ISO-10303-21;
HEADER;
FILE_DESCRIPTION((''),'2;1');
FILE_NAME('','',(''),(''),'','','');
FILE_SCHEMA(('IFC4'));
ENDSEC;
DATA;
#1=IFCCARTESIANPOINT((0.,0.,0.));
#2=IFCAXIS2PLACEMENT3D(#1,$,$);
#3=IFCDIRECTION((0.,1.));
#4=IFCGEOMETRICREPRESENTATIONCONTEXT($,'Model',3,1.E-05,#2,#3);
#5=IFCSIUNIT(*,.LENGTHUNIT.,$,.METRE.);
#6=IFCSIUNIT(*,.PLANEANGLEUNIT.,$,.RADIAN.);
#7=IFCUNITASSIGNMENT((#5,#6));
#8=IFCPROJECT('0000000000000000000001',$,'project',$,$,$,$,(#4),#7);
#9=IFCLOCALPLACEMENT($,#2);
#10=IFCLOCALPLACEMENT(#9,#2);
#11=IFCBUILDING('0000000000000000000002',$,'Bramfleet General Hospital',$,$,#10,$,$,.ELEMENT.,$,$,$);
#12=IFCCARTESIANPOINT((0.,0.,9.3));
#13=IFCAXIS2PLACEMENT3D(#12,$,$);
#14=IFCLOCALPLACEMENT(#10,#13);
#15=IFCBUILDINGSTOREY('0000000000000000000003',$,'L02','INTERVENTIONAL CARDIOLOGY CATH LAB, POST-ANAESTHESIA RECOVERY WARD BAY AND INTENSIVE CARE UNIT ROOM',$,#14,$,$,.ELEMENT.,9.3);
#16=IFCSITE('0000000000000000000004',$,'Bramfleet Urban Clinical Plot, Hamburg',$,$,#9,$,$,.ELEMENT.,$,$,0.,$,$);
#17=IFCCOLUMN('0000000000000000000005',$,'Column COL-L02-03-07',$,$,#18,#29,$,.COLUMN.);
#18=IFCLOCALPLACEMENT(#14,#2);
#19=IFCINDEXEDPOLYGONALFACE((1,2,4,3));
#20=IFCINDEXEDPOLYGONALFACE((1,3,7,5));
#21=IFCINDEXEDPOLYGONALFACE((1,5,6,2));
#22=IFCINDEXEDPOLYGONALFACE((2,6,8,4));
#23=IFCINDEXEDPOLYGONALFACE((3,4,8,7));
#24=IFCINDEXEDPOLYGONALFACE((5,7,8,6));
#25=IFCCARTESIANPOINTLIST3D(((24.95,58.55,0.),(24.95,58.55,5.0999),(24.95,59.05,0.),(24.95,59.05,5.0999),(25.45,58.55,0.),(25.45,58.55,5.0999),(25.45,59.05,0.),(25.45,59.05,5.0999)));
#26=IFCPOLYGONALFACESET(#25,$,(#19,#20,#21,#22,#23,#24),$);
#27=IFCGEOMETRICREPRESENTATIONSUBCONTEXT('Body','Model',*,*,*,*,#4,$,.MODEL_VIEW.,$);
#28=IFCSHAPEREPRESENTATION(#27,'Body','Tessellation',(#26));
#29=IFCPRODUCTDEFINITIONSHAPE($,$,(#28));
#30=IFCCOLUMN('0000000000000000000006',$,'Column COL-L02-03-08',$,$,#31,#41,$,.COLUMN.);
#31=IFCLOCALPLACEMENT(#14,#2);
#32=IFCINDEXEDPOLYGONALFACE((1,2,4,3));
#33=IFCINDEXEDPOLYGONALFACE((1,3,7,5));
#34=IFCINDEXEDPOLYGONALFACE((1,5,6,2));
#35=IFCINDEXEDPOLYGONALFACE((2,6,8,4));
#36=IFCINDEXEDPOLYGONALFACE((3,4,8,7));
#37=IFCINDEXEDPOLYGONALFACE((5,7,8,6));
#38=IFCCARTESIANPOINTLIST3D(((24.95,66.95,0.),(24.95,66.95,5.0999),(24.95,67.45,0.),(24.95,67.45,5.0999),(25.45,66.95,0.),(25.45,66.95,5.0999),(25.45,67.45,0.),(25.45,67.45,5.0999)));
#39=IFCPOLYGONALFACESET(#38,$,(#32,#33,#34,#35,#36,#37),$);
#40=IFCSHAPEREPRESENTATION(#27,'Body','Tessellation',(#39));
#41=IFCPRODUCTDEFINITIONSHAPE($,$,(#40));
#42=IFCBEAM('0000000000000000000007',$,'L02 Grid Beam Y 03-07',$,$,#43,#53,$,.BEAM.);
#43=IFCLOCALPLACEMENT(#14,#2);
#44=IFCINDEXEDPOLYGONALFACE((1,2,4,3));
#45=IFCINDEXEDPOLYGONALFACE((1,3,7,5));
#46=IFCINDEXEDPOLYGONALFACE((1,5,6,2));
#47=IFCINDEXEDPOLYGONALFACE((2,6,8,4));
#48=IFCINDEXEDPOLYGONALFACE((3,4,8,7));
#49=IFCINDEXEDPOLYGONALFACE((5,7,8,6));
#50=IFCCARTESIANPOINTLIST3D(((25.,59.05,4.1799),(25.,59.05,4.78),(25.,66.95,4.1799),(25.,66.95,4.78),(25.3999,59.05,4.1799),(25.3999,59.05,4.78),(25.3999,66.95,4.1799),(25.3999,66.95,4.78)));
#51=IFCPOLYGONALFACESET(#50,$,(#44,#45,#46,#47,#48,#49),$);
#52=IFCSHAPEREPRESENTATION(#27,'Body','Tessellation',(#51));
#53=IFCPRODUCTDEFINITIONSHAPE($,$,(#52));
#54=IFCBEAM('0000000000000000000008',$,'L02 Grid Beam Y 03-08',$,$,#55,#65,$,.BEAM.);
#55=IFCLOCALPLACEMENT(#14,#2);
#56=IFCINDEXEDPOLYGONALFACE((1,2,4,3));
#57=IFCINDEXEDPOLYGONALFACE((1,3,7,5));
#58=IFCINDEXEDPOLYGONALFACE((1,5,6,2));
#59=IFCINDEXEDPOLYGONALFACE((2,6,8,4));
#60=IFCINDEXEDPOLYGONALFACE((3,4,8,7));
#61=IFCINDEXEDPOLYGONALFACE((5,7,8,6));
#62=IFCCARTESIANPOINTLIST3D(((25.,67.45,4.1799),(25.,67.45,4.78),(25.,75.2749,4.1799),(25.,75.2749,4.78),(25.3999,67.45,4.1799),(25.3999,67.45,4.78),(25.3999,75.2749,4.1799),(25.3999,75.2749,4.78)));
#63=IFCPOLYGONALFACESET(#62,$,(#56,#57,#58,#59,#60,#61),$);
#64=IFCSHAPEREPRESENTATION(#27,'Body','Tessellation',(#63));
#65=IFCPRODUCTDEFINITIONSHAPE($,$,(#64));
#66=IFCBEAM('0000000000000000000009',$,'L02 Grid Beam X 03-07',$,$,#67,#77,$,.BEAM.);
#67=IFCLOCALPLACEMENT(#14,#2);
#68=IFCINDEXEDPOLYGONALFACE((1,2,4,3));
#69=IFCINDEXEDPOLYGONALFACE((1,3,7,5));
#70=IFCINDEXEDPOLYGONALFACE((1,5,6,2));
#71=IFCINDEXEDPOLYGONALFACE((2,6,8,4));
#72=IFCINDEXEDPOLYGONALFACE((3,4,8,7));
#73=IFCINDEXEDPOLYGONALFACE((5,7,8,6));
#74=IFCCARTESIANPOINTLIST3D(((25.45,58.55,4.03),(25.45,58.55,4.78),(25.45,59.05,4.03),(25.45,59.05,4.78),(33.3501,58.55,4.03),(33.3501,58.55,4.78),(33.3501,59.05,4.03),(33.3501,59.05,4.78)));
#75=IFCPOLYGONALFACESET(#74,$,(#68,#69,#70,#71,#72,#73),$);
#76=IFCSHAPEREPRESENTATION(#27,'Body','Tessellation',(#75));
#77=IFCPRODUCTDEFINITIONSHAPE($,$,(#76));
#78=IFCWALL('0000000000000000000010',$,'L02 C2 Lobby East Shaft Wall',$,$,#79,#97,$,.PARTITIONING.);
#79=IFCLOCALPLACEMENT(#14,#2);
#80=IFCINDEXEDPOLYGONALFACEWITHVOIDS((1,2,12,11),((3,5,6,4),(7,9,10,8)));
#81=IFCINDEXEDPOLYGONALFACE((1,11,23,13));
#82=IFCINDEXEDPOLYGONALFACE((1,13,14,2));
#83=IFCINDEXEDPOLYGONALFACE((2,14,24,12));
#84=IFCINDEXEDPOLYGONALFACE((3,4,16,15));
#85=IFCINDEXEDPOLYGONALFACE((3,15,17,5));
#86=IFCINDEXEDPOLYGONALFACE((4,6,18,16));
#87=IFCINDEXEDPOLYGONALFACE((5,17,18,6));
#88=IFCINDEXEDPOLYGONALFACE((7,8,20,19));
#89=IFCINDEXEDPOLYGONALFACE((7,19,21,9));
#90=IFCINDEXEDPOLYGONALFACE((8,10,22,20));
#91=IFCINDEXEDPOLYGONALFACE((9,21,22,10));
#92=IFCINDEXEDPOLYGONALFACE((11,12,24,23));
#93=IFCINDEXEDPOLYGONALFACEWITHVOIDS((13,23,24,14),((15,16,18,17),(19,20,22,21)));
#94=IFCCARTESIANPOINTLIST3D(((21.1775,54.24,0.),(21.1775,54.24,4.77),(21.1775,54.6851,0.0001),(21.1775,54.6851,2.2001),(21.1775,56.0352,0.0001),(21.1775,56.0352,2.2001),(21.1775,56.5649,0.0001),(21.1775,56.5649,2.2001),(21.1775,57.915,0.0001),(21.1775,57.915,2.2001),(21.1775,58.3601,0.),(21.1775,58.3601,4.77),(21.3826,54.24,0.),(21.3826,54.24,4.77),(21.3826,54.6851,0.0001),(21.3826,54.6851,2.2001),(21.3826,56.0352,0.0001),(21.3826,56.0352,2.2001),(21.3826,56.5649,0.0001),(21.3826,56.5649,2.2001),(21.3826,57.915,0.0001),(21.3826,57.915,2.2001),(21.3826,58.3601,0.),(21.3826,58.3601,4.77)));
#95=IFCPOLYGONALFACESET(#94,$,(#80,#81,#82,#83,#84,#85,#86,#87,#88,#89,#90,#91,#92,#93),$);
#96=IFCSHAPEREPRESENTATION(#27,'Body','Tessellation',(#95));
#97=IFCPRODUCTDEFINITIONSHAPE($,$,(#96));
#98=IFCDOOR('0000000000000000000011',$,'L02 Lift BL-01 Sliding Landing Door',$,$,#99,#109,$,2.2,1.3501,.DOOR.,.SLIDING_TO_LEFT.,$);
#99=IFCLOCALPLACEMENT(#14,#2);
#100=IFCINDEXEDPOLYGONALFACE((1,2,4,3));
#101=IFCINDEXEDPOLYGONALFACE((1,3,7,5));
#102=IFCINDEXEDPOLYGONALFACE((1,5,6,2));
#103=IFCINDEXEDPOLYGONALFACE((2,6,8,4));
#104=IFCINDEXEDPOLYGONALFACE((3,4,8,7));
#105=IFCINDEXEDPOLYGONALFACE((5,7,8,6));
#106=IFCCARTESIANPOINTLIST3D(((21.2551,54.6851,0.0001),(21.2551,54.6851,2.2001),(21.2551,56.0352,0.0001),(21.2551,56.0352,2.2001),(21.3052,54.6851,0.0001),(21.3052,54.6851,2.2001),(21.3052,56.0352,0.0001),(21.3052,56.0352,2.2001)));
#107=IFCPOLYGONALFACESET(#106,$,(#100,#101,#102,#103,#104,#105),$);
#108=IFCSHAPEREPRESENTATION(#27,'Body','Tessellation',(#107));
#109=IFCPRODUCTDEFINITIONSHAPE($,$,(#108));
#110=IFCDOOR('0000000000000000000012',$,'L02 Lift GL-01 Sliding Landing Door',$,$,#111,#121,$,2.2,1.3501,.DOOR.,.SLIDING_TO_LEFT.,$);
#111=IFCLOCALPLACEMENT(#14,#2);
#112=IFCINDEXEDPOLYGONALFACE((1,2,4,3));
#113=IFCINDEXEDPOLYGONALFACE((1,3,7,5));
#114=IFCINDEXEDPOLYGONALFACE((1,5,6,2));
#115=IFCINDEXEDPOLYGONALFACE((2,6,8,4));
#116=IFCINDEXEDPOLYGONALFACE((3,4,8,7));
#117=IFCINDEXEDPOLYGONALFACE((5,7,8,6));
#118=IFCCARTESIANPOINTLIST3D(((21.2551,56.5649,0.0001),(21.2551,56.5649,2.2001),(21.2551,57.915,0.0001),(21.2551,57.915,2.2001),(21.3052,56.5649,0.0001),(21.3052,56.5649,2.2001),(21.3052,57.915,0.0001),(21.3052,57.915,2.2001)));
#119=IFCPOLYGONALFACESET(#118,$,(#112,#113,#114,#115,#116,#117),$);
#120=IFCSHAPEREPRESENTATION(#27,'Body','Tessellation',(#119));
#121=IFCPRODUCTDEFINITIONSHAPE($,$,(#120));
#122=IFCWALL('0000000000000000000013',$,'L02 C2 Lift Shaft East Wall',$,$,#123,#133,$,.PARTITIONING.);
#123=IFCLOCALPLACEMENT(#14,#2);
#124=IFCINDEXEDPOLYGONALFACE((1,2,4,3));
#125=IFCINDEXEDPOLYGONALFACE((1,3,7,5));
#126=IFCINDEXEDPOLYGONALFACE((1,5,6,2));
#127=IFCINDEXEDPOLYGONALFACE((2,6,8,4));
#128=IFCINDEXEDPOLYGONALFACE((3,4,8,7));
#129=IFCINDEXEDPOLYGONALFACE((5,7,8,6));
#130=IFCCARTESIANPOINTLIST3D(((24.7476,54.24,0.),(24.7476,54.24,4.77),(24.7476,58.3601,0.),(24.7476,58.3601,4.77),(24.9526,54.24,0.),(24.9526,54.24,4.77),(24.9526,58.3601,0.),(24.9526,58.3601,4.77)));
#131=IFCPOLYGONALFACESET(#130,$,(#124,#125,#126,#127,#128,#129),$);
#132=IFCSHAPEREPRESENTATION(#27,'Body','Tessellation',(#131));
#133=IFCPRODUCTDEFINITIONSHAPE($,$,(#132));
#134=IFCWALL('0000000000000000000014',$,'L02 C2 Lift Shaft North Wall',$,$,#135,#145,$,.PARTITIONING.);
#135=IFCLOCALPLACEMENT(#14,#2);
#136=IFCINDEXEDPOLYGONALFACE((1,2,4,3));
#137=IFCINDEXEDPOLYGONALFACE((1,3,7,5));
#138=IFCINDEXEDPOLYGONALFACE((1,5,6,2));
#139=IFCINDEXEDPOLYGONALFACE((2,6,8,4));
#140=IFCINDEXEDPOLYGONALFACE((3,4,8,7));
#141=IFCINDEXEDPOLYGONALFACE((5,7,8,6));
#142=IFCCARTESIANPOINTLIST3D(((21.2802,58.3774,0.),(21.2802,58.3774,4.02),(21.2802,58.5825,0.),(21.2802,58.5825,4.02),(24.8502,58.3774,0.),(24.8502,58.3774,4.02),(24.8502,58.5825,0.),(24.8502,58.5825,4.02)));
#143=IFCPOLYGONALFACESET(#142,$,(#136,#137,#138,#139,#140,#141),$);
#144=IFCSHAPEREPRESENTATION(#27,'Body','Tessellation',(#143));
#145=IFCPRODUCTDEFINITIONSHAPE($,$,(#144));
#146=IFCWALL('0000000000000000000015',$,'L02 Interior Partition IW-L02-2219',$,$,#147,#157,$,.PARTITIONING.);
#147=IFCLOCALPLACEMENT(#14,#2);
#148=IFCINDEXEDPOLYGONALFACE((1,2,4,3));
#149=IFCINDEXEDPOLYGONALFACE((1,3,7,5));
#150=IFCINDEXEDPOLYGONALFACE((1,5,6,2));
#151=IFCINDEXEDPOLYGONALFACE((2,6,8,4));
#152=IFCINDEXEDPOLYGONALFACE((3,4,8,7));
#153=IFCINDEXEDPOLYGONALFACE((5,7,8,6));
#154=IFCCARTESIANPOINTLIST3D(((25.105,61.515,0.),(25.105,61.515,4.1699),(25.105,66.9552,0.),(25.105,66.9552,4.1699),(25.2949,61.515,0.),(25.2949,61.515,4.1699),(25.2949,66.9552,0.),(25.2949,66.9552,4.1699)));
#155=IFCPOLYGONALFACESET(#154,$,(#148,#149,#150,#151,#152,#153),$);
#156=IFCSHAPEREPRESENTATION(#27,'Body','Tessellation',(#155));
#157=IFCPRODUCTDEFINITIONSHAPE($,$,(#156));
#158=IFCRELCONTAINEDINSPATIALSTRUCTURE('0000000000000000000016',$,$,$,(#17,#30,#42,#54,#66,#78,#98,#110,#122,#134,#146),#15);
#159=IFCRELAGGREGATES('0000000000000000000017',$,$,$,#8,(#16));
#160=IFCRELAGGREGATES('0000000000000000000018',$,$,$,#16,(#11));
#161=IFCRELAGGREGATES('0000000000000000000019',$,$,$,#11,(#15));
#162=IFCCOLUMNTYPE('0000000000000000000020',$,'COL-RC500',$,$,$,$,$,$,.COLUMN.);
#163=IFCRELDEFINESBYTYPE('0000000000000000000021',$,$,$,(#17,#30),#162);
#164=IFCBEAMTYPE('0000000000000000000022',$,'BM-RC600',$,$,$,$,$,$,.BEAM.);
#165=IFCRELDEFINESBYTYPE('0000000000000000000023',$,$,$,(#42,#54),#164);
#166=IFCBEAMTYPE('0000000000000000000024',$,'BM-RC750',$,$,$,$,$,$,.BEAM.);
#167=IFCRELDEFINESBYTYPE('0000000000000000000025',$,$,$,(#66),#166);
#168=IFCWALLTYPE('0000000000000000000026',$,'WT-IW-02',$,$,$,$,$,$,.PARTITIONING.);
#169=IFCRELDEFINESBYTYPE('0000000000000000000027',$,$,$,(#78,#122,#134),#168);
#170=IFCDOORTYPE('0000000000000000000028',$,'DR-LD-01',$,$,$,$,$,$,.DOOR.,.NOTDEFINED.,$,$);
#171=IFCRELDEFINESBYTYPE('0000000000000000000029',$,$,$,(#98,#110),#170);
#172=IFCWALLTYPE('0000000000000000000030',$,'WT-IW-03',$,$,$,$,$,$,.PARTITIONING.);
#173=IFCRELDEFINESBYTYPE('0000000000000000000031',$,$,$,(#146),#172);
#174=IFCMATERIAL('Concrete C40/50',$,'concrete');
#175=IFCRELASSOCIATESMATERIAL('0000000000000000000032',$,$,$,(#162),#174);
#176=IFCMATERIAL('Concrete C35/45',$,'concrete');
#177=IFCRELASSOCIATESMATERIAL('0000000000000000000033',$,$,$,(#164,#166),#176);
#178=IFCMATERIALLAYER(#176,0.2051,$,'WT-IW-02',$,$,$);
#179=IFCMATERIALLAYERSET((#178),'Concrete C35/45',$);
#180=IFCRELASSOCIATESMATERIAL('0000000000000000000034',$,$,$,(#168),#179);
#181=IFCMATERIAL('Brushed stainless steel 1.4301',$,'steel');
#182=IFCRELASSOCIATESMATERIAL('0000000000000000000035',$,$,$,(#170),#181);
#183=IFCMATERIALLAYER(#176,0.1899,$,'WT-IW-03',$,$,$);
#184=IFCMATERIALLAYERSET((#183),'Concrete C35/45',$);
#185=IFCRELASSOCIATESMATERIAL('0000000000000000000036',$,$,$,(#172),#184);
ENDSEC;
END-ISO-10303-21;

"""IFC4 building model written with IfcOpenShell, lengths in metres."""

from ifc_helpers import new_model, si_unit, direction, frame, frame_2d, origin, origin_2d, place, context, subcontext, project, spatial, rectangle, extrude, material, layer, layer_set, material_profile, profile_set, type_object, element, fill, save


model = new_model("IFC4")

# Units and contexts
model_context = context("Model", 3, precision=1e-05, world=origin(), true_north=direction((0.0, 1.0)))
body_context = subcontext(model_context, "Body", "Model", "MODEL_VIEW")
ifc_project = project(units=[si_unit("LENGTHUNIT", "METRE"), si_unit("PLANEANGLEUNIT", "RADIAN")], contexts=[model_context])

# Site, building, storey
site_placement = place(None, origin())
site = spatial("IfcSite", under=ifc_project, at=site_placement, Name="Bramfleet Urban Clinical Plot, Hamburg", CompositionType="ELEMENT", RefElevation=0.0)
building_placement = place(site_placement, origin())
building = spatial("IfcBuilding", under=site, at=building_placement, Name="Bramfleet General Hospital", CompositionType="ELEMENT")
storey_placement = place(building_placement, frame((0.0, 0.0, 9.3)))
storey = spatial("IfcBuildingStorey", under=building, at=storey_placement, Name="L02", Description="INTERVENTIONAL CARDIOLOGY CATH LAB, POST-ANAESTHESIA RECOVERY WARD BAY AND INTENSIVE CARE UNIT ROOM", CompositionType="ELEMENT", Elevation=9.3)

# Columns
ifc_material_1 = material(Name="Concrete C40/50", Category="concrete")
ifc_material_profile_1 = material_profile(ifc_material_1, rectangle(XDim=0.5, YDim=0.5, at=origin_2d()), Name="RC COL 500x500")
ifc_profile_set_1 = profile_set([ifc_material_profile_1], Name="Concrete C40/50")
column_type = type_object("IfcColumnType", Name="COL-RC500", PredefinedType="COLUMN", material=ifc_profile_set_1)
for number, where, z_axis, x_axis, name in (
    (1, (25.2, 58.8, 0.0), (0.0, 0.0, 1.0), (1.0, 0.0, 0.0), "Column COL-L02-03-07"),
    (2, (25.2, 67.2, 0.0), (0.0, 0.0, 1.0), (1.0, 0.0, 0.0), "Column COL-L02-03-08"),
):
    element("IfcColumn", number, at=place(storey_placement, frame(where, z_axis=z_axis, x_axis=x_axis)), inside=storey, type_object=column_type, Name=name, PredefinedType="COLUMN", context=body_context, shape_type="SweptSolid", body=[
        extrude(rectangle(XDim=0.5, YDim=0.5, at=origin_2d()), origin(), (0.0, 0.0, 1.0), 5.0999),
    ])

# Beams
ifc_material_2 = material(Name="Concrete C35/45", Category="concrete")
ifc_material_profile_2 = material_profile(ifc_material_2, rectangle(XDim=0.3999, YDim=0.6001, at=origin_2d()), Name="RC BM 600x400")
ifc_profile_set_2 = profile_set([ifc_material_profile_2], Name="Concrete C35/45")
beam_type_1 = type_object("IfcBeamType", Name="BM-RC600", PredefinedType="BEAM", material=ifc_profile_set_2)
beam_1_placement = place(storey_placement, frame((25.2, 59.05, 4.48), z_axis=(0.0, 1.0, 0.0), x_axis=(-1.0, 0.0, 0.0)))
element("IfcBeam", 3, at=beam_1_placement, inside=storey, type_object=beam_type_1, Name="L02 Grid Beam Y 03-07", PredefinedType="BEAM", context=body_context, shape_type="SweptSolid", body=[
    extrude(rectangle(XDim=0.3999, YDim=0.6001, at=origin_2d()), origin(), (0.0, 0.0, 1.0), 7.8999),
])
beam_2_placement = place(storey_placement, frame((25.2, 67.45, 4.48), z_axis=(0.0, 1.0, 0.0), x_axis=(-1.0, 0.0, 0.0)))
element("IfcBeam", 4, at=beam_2_placement, inside=storey, type_object=beam_type_1, Name="L02 Grid Beam Y 03-08", PredefinedType="BEAM", context=body_context, shape_type="SweptSolid", body=[
    extrude(rectangle(XDim=0.3999, YDim=0.6001, at=origin_2d()), origin(), (0.0, 0.0, 1.0), 7.825),
])
ifc_material_profile_3 = material_profile(ifc_material_2, rectangle(XDim=0.5, YDim=0.75, at=origin_2d()), Name="RC BM 750x500")
ifc_profile_set_3 = profile_set([ifc_material_profile_3], Name="Concrete C35/45")
beam_type_2 = type_object("IfcBeamType", Name="BM-RC750", PredefinedType="BEAM", material=ifc_profile_set_3)
beam_3_placement = place(storey_placement, frame((25.45, 58.8, 4.405), z_axis=(1.0, 0.0, 0.0), x_axis=(0.0, 1.0, 0.0)))
element("IfcBeam", 5, at=beam_3_placement, inside=storey, type_object=beam_type_2, Name="L02 Grid Beam X 03-07", PredefinedType="BEAM", context=body_context, shape_type="SweptSolid", body=[
    extrude(rectangle(XDim=0.5, YDim=0.75, at=origin_2d()), origin(), (0.0, 0.0, 1.0), 7.9001),
])

# Wall, openings, doors
ifc_layer_1 = layer(ifc_material_2, 0.2051, Name="WT-IW-02")
ifc_layer_set_1 = layer_set([ifc_layer_1], Name="Concrete C35/45")
wall_type_1 = type_object("IfcWallType", Name="WT-IW-02", PredefinedType="PARTITIONING", material=ifc_layer_set_1)
wall_1_placement = place(storey_placement, frame((21.28, 54.24, 0.0), z_axis=(0.0, 0.0, 1.0), x_axis=(0.0, 1.0, 0.0)))
wall_1 = element("IfcWall", 6, at=wall_1_placement, inside=storey, type_object=wall_type_1, Name="L02 C2 Lobby East Shaft Wall", PredefinedType="PARTITIONING", context=body_context, shape_type="SweptSolid", body=[
    extrude(rectangle(XDim=4.1201, YDim=0.2051, at=frame_2d((2.0601, 0.0))), origin(), (0.0, 0.0, 1.0), 4.77),
])
opening_1_placement = place(wall_1_placement, frame((0.4451, 0.0, 0.0)))
opening_1 = element("IfcOpeningElement", 7, at=opening_1_placement, cuts=wall_1, PredefinedType="OPENING", context=body_context, shape_type="SweptSolid", body=[
    extrude(rectangle(XDim=1.3501, YDim=2.2, at=frame_2d((0.675, 1.1001))), frame((0.0, 0.1125, 0.0), z_axis=(0.0, -1.0, 0.0), x_axis=(1.0, 0.0, 0.0)), (0.0, 0.0, 1.0), 0.2251),
])
opening_2_placement = place(wall_1_placement, frame((2.325, 0.0, 0.0)))
opening_2 = element("IfcOpeningElement", 8, at=opening_2_placement, cuts=wall_1, PredefinedType="OPENING", context=body_context, shape_type="SweptSolid", body=[
    extrude(rectangle(XDim=1.3501, YDim=2.2, at=frame_2d((0.675, 1.1001))), frame((0.0, 0.1125, 0.0), z_axis=(0.0, -1.0, 0.0), x_axis=(1.0, 0.0, 0.0)), (0.0, 0.0, 1.0), 0.2251),
])
ifc_material_3 = material(Name="Brushed stainless steel 1.4301", Category="steel")
door_type_1 = type_object("IfcDoorType", Name="DR-LD-01", OperationType="NOTDEFINED", PredefinedType="DOOR", material=ifc_material_3)
door_1_placement = place(opening_1_placement, origin())
door_1 = element("IfcDoor", 9, at=door_1_placement, inside=storey, type_object=door_type_1, Name="L02 Lift BL-01 Sliding Landing Door", OperationType="SLIDING_TO_LEFT", OverallHeight=2.2, OverallWidth=1.3501, PredefinedType="DOOR", context=body_context, shape_type="SweptSolid", body=[
    extrude(rectangle(XDim=1.3501, YDim=2.2, at=frame_2d((0.675, 1.1001))), frame((0.0, 0.0249, 0.0), z_axis=(0.0, -1.0, 0.0), x_axis=(1.0, 0.0, 0.0)), (0.0, 0.0, 1.0), 0.05),
])
fill(opening_1, door_1)
door_2_placement = place(opening_2_placement, origin())
door_2 = element("IfcDoor", 10, at=door_2_placement, inside=storey, type_object=door_type_1, Name="L02 Lift GL-01 Sliding Landing Door", OperationType="SLIDING_TO_LEFT", OverallHeight=2.2, OverallWidth=1.3501, PredefinedType="DOOR", context=body_context, shape_type="SweptSolid", body=[
    extrude(rectangle(XDim=1.3501, YDim=2.2, at=frame_2d((0.675, 1.1001))), frame((0.0, 0.0249, 0.0), z_axis=(0.0, -1.0, 0.0), x_axis=(1.0, 0.0, 0.0)), (0.0, 0.0, 1.0), 0.05),
])
fill(opening_2, door_2)

# Walls
wall_2_placement = place(storey_placement, frame((24.8501, 54.24, 0.0), z_axis=(0.0, 0.0, 1.0), x_axis=(0.0, 1.0, 0.0)))
element("IfcWall", 11, at=wall_2_placement, inside=storey, type_object=wall_type_1, Name="L02 C2 Lift Shaft East Wall", PredefinedType="PARTITIONING", context=body_context, shape_type="SweptSolid", body=[
    extrude(rectangle(XDim=4.1201, YDim=0.2051, at=frame_2d((2.0601, 0.0))), origin(), (0.0, 0.0, 1.0), 4.77),
])
wall_3_placement = place(storey_placement, frame((21.28, 58.48, 0.0), z_axis=(0.0, 0.0, 1.0), x_axis=(1.0, 0.0, 0.0)))
element("IfcWall", 12, at=wall_3_placement, inside=storey, type_object=wall_type_1, Name="L02 C2 Lift Shaft North Wall", PredefinedType="PARTITIONING", context=body_context, shape_type="SweptSolid", body=[
    extrude(rectangle(XDim=3.5701, YDim=0.2051, at=frame_2d((1.7852, 0.0))), origin(), (0.0, 0.0, 1.0), 4.02),
])
ifc_layer_2 = layer(ifc_material_2, 0.1899, Name="WT-IW-03")
ifc_layer_set_2 = layer_set([ifc_layer_2], Name="Concrete C35/45")
wall_type_2 = type_object("IfcWallType", Name="WT-IW-03", PredefinedType="PARTITIONING", material=ifc_layer_set_2)
wall_4_placement = place(storey_placement, frame((25.2, 61.5149, 0.0), z_axis=(0.0, 0.0, 1.0), x_axis=(0.0, 1.0, 0.0)))
element("IfcWall", 13, at=wall_4_placement, inside=storey, type_object=wall_type_2, Name="L02 Interior Partition IW-L02-2219", PredefinedType="PARTITIONING", context=body_context, shape_type="SweptSolid", body=[
    extrude(rectangle(XDim=5.4402, YDim=0.1899, at=frame_2d((2.7202, 0.0))), origin(), (0.0, 0.0, 1.0), 4.1699),
])

save(model, "model.ifc")
